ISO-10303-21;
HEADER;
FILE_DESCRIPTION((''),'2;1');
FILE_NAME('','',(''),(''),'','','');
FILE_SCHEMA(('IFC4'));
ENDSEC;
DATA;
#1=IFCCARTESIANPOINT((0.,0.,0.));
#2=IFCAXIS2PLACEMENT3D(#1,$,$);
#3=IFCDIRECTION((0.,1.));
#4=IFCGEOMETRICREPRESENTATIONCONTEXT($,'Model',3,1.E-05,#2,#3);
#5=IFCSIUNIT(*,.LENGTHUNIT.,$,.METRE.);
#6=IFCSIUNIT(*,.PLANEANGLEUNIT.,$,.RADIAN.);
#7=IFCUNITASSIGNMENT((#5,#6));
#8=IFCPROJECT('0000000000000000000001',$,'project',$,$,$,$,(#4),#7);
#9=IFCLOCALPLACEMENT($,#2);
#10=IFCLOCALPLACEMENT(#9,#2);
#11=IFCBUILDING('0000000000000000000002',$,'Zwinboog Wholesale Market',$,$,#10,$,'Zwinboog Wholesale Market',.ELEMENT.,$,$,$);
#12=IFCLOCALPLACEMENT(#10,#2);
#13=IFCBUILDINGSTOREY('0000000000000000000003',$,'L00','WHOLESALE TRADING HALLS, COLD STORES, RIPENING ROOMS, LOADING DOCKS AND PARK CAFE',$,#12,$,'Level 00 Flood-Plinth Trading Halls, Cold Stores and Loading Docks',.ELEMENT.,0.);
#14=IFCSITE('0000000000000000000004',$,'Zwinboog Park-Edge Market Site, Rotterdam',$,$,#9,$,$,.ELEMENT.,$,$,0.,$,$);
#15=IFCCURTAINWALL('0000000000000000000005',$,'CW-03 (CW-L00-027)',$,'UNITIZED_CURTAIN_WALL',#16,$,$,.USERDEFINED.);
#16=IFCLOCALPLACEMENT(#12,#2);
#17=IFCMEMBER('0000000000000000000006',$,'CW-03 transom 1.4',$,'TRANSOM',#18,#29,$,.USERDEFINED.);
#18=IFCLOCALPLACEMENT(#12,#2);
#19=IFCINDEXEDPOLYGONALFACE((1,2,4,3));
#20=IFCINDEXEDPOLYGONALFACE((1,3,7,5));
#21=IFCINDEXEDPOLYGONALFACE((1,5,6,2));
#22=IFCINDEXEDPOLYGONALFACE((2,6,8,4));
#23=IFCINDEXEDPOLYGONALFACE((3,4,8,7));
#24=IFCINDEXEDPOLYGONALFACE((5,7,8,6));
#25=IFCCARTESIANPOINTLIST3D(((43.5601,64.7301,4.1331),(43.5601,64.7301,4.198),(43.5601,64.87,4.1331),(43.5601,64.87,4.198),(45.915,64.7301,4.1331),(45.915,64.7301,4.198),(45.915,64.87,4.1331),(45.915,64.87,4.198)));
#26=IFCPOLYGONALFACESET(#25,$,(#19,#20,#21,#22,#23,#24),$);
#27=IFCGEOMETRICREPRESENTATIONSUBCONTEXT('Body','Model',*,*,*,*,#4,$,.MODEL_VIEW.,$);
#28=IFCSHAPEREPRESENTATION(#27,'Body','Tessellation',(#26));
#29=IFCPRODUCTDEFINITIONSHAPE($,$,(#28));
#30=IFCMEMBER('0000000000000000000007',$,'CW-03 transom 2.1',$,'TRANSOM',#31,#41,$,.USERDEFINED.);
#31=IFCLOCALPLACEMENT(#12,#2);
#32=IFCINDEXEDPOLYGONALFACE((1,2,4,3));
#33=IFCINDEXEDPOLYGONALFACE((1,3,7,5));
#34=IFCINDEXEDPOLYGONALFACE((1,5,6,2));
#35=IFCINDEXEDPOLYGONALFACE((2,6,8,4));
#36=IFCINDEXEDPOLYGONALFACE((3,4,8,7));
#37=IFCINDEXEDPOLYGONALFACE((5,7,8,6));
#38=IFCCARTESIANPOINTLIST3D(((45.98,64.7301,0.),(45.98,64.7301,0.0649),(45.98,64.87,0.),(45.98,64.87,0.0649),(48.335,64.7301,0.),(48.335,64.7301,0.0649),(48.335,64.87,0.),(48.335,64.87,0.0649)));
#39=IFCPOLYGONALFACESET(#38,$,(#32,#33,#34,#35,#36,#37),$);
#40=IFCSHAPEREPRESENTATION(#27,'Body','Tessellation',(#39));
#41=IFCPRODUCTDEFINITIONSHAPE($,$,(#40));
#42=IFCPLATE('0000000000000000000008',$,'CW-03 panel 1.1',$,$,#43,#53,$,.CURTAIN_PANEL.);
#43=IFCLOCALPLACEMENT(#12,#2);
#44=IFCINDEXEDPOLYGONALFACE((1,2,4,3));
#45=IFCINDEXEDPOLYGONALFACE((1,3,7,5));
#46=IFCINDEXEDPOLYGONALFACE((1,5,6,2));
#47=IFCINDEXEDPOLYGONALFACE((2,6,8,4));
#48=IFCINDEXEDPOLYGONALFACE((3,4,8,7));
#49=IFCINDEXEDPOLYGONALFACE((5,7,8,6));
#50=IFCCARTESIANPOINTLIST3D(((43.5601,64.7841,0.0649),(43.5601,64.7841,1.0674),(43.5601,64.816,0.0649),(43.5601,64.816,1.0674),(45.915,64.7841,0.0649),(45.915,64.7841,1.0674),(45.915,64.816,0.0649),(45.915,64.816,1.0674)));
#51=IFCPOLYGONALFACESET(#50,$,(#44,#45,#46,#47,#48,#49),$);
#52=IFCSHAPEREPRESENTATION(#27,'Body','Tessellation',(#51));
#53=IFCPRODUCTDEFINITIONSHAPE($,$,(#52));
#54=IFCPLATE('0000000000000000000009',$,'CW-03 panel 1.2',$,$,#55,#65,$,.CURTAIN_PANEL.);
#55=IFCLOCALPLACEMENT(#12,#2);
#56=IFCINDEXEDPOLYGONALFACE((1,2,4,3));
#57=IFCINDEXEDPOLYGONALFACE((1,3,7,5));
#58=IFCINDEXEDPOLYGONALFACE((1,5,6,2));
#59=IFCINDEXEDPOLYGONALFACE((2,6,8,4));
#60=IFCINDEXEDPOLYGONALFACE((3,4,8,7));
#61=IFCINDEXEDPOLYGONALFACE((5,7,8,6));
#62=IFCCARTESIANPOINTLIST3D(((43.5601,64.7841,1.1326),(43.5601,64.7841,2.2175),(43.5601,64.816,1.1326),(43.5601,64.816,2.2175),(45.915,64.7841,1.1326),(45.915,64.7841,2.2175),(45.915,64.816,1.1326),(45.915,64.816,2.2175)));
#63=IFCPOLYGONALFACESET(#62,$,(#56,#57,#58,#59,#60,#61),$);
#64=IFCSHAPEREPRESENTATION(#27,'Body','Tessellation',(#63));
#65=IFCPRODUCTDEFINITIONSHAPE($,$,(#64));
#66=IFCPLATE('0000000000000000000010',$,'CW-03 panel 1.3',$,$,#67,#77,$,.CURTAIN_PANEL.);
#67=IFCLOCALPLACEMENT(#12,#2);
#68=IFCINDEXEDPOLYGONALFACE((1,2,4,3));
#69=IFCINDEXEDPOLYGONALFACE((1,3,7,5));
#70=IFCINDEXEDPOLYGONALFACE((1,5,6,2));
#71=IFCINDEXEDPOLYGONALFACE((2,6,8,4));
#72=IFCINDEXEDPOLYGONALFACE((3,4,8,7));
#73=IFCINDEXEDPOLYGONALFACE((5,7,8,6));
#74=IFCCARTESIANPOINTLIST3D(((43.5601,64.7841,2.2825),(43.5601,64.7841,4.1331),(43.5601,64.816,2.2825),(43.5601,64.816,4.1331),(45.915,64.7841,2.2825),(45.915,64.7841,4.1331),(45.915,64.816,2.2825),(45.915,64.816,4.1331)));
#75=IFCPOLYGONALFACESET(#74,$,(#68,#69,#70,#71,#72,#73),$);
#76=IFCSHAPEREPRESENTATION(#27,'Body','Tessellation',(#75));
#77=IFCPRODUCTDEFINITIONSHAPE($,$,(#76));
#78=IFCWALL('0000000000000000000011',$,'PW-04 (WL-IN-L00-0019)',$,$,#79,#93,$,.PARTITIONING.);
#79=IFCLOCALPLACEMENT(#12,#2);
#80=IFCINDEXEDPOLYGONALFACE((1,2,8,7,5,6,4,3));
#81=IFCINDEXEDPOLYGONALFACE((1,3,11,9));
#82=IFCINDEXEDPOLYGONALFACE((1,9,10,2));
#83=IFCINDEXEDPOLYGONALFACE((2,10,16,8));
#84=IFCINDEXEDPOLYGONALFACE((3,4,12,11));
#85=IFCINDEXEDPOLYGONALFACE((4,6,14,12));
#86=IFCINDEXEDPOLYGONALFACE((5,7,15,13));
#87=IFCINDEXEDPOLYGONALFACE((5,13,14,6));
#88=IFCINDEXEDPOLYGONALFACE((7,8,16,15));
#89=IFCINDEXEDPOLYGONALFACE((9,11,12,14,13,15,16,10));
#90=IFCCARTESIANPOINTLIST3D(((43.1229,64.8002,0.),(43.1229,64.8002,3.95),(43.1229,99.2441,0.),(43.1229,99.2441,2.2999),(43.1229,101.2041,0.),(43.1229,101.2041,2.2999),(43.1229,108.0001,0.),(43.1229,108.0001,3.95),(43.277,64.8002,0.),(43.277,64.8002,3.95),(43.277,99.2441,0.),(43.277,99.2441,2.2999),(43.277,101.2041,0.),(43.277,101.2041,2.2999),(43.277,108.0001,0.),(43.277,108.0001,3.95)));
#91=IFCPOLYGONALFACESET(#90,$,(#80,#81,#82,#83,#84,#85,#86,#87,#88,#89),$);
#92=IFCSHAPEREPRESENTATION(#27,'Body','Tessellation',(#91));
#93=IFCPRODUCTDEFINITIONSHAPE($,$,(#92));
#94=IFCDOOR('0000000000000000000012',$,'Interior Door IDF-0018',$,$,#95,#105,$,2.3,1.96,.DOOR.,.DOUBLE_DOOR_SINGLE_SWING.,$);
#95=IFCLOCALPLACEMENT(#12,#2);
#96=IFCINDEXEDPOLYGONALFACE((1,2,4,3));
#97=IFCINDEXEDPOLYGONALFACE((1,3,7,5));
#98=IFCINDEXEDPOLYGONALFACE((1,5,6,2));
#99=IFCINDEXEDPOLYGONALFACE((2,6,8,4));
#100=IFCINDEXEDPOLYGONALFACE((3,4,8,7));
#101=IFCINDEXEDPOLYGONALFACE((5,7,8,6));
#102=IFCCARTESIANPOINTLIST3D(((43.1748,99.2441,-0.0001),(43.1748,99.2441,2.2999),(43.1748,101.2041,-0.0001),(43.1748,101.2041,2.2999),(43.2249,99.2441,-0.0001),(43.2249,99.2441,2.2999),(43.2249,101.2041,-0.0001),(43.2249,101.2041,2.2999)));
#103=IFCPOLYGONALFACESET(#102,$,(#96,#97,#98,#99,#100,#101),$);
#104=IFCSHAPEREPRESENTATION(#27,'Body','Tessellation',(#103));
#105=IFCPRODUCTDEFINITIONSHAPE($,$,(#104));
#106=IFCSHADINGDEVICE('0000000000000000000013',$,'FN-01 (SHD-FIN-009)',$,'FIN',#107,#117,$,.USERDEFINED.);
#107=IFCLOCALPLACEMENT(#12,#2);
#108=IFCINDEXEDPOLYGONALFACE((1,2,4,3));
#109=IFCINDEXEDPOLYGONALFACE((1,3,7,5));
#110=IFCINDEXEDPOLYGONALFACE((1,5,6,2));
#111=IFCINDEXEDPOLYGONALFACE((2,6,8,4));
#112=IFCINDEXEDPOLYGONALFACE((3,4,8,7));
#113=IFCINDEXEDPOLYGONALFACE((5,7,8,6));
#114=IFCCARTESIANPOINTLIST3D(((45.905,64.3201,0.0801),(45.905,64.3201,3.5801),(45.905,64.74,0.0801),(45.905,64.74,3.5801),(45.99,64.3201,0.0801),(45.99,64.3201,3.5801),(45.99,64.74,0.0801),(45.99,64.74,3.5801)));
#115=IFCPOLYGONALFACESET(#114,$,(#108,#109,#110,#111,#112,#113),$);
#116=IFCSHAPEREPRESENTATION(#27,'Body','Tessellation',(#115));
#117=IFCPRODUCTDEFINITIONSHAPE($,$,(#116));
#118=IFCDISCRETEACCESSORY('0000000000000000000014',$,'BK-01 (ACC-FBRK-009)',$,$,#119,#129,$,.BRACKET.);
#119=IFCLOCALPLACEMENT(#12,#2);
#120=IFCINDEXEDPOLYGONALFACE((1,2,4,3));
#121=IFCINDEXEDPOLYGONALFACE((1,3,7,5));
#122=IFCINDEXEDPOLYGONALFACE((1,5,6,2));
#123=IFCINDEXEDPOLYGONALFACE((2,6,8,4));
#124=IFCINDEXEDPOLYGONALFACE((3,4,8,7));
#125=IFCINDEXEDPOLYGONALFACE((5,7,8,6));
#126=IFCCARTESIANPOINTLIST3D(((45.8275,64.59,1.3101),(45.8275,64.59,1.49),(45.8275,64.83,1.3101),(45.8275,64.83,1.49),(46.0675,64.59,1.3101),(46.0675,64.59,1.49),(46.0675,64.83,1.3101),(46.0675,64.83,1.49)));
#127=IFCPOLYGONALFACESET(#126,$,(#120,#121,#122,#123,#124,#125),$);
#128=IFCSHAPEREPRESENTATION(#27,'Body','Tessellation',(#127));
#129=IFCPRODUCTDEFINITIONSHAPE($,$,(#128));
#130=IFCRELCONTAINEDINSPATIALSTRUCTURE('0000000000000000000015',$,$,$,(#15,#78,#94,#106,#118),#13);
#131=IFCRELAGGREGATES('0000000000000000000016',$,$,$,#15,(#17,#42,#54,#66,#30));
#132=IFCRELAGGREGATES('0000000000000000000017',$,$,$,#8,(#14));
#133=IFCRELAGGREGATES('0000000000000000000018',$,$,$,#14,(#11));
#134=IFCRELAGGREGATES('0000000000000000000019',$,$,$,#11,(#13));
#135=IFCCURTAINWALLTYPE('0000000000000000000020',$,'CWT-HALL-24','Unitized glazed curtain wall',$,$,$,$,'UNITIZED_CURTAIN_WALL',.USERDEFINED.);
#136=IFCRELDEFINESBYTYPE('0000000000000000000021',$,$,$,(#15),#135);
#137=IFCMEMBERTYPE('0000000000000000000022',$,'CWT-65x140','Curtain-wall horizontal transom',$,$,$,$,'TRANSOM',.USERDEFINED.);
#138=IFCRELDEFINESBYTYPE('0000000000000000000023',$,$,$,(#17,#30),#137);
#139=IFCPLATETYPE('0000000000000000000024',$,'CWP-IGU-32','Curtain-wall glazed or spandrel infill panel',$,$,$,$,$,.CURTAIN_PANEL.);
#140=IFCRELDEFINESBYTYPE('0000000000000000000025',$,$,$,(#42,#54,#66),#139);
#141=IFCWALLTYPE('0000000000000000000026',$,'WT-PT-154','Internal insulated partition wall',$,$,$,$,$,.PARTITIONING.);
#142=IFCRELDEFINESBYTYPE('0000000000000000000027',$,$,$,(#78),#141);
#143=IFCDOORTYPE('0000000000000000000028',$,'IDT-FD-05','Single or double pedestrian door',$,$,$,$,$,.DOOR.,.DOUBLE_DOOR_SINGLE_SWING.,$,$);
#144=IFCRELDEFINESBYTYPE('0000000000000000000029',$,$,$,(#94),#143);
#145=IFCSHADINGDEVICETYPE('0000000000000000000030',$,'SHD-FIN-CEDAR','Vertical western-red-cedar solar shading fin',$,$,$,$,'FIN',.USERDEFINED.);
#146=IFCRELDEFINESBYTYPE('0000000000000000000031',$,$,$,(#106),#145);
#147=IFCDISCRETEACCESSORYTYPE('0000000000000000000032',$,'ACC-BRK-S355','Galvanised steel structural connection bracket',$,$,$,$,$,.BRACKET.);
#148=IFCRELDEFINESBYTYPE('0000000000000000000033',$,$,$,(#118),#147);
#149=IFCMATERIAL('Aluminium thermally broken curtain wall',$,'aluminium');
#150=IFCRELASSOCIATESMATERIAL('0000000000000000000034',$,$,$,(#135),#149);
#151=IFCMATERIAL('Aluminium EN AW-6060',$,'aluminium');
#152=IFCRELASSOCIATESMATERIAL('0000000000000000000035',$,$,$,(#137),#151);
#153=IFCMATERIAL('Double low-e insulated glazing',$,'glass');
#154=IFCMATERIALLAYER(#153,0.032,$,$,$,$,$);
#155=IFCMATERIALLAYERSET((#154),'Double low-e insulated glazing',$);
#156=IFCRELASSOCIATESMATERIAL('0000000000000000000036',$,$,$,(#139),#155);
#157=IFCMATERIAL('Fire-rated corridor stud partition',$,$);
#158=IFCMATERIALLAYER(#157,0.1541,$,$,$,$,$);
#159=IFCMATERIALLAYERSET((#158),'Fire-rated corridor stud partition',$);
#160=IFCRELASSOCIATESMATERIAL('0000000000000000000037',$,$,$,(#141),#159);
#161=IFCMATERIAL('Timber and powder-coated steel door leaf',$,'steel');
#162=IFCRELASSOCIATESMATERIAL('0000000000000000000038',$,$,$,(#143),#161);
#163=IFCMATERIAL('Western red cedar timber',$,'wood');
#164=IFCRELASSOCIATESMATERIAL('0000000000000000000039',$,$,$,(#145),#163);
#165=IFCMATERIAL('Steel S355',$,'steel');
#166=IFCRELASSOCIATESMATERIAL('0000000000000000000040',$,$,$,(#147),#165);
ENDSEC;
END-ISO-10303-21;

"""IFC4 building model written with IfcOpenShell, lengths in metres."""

from ifc_helpers import new_model, si_unit, direction, frame, frame_2d, origin, origin_2d, place, context, subcontext, project, spatial, rectangle, extrude, material, layer, layer_set, material_profile, profile_set, type_object, element, fill, aggregate, save


model = new_model("IFC4")

# Units and contexts
model_context = context("Model", 3, precision=1e-05, world=origin(), true_north=direction((0.0, 1.0)))
body_context = subcontext(model_context, "Body", "Model", "MODEL_VIEW")
ifc_project = project(units=[si_unit("LENGTHUNIT", "METRE"), si_unit("PLANEANGLEUNIT", "RADIAN")], contexts=[model_context])

# Site, building, storey
site_placement = place(None, origin())
site = spatial("IfcSite", under=ifc_project, at=site_placement, Name="Zwinboog Park-Edge Market Site, Rotterdam", CompositionType="ELEMENT", RefElevation=0.0)
building_placement = place(site_placement, origin())
building = spatial("IfcBuilding", under=site, at=building_placement, Name="Zwinboog Wholesale Market", LongName="Zwinboog Wholesale Market", CompositionType="ELEMENT")
storey_placement = place(building_placement, origin())
storey = spatial("IfcBuildingStorey", under=building, at=storey_placement, Name="L00", Description="WHOLESALE TRADING HALLS, COLD STORES, RIPENING ROOMS, LOADING DOCKS AND PARK CAFE", LongName="Level 00 Flood-Plinth Trading Halls, Cold Stores and Loading Docks", CompositionType="ELEMENT", Elevation=0.0)

# Curtain wall
ifc_material_1 = material(Name="Aluminium thermally broken curtain wall", Category="aluminium")
curtain_wall_type_1 = type_object("IfcCurtainWallType", Name="CWT-HALL-24", Description="Unitized glazed curtain wall", ElementType="UNITIZED_CURTAIN_WALL", PredefinedType="USERDEFINED", material=ifc_material_1)
curtain_wall_1_placement = place(storey_placement, origin())
curtain_wall_1 = element("IfcCurtainWall", 1, at=curtain_wall_1_placement, inside=storey, type_object=curtain_wall_type_1, Name="CW-03 (CW-L00-027)", ObjectType="UNITIZED_CURTAIN_WALL", PredefinedType="USERDEFINED")
ifc_material_2 = material(Name="Aluminium EN AW-6060", Category="aluminium")

# Members
ifc_material_profile_1 = material_profile(ifc_material_2, rectangle(XDim=0.1399, YDim=0.0649, at=origin_2d()), Name="AL 65x140")
ifc_profile_set_1 = profile_set([ifc_material_profile_1], Name="Aluminium EN AW-6060")
member_type_1 = type_object("IfcMemberType", Name="CWT-65x140", Description="Curtain-wall horizontal transom", ElementType="TRANSOM", PredefinedType="USERDEFINED", material=ifc_profile_set_1)
member_1_placement = place(storey_placement, frame((43.5601, 64.8, 4.1655), z_axis=(1.0, 0.0, 0.0), x_axis=(0.0, 1.0, 0.0)))
member_1 = element("IfcMember", 2, at=member_1_placement, type_object=member_type_1, Name="CW-03 transom 1.4", ObjectType="TRANSOM", PredefinedType="USERDEFINED", context=body_context, shape_type="SweptSolid", body=[
    extrude(rectangle(XDim=0.1399, YDim=0.0649, at=origin_2d()), origin(), (0.0, 0.0, 1.0), 2.355),
])
member_2_placement = place(storey_placement, frame((45.98, 64.8, 0.0325), z_axis=(1.0, 0.0, 0.0), x_axis=(0.0, 1.0, 0.0)))
member_2 = element("IfcMember", 3, at=member_2_placement, type_object=member_type_1, Name="CW-03 transom 2.1", ObjectType="TRANSOM", PredefinedType="USERDEFINED", context=body_context, shape_type="SweptSolid", body=[
    extrude(rectangle(XDim=0.1399, YDim=0.0649, at=origin_2d()), origin(), (0.0, 0.0, 1.0), 2.355),
])

# Plates
ifc_material_3 = material(Name="Double low-e insulated glazing", Category="glass")
ifc_layer_1 = layer(ifc_material_3, 0.032)
ifc_layer_set_1 = layer_set([ifc_layer_1], Name="Double low-e insulated glazing")
plate_type = type_object("IfcPlateType", Name="CWP-IGU-32", Description="Curtain-wall glazed or spandrel infill panel", PredefinedType="CURTAIN_PANEL", material=ifc_layer_set_1)
plate_1_placement = place(storey_placement, frame((44.7375, 64.8, 0.0649), z_axis=(0.0, 0.0, 1.0), x_axis=(1.0, 0.0, 0.0)))
plate_1 = element("IfcPlate", 4, at=plate_1_placement, type_object=plate_type, Name="CW-03 panel 1.1", PredefinedType="CURTAIN_PANEL", context=body_context, shape_type="SweptSolid", body=[
    extrude(rectangle(XDim=2.355, YDim=0.032, at=origin_2d()), origin(), (0.0, 0.0, 1.0), 1.0024),
])
plate_2_placement = place(storey_placement, frame((44.7375, 64.8, 1.1326), z_axis=(0.0, 0.0, 1.0), x_axis=(1.0, 0.0, 0.0)))
plate_2 = element("IfcPlate", 5, at=plate_2_placement, type_object=plate_type, Name="CW-03 panel 1.2", PredefinedType="CURTAIN_PANEL", context=body_context, shape_type="SweptSolid", body=[
    extrude(rectangle(XDim=2.355, YDim=0.032, at=origin_2d()), origin(), (0.0, 0.0, 1.0), 1.085),
])
plate_3_placement = place(storey_placement, frame((44.7375, 64.8, 2.2825), z_axis=(0.0, 0.0, 1.0), x_axis=(1.0, 0.0, 0.0)))
plate_3 = element("IfcPlate", 6, at=plate_3_placement, type_object=plate_type, Name="CW-03 panel 1.3", PredefinedType="CURTAIN_PANEL", context=body_context, shape_type="SweptSolid", body=[
    extrude(rectangle(XDim=2.355, YDim=0.032, at=origin_2d()), origin(), (0.0, 0.0, 1.0), 1.8506),
])
aggregate(curtain_wall_1, [member_1, plate_1, plate_2, plate_3, member_2])

# Wall, opening, door
ifc_material_4 = material(Name="Fire-rated corridor stud partition")
ifc_layer_2 = layer(ifc_material_4, 0.1541)
ifc_layer_set_2 = layer_set([ifc_layer_2], Name="Fire-rated corridor stud partition")
wall_type = type_object("IfcWallType", Name="WT-PT-154", Description="Internal insulated partition wall", PredefinedType="PARTITIONING", material=ifc_layer_set_2)
wall_placement = place(storey_placement, frame((43.2, 64.8, 0.0), z_axis=(0.0, 0.0, 1.0), x_axis=(0.0, 1.0, 0.0)))
wall = element("IfcWall", 7, at=wall_placement, inside=storey, type_object=wall_type, Name="PW-04 (WL-IN-L00-0019)", PredefinedType="PARTITIONING", context=body_context, shape_type="SweptSolid", body=[
    extrude(rectangle(XDim=43.2, YDim=0.1541, at=frame_2d((21.6001, 0.0))), origin(), (0.0, 0.0, 1.0), 3.95),
])
opening_placement = place(wall_placement, frame((34.4441, 0.0, 0.0)))
opening = element("IfcOpeningElement", 8, at=opening_placement, cuts=wall, PredefinedType="OPENING", context=body_context, shape_type="SweptSolid", body=[
    extrude(rectangle(XDim=1.96, YDim=2.3, at=frame_2d((0.98, 1.1499))), frame((0.0, 0.0869, 0.0), z_axis=(0.0, -1.0, 0.0), x_axis=(1.0, 0.0, 0.0)), (0.0, 0.0, 1.0), 0.1741),
])
ifc_material_5 = material(Name="Timber and powder-coated steel door leaf", Category="steel")
door_type = type_object("IfcDoorType", Name="IDT-FD-05", Description="Single or double pedestrian door", OperationType="DOUBLE_DOOR_SINGLE_SWING", PredefinedType="DOOR", material=ifc_material_5)
door_placement = place(opening_placement, frame((1.96, 0.0, 0.0), z_axis=(0.0, 0.0, 1.0), x_axis=(-1.0, 0.0, 0.0)))
door = element("IfcDoor", 9, at=door_placement, inside=storey, type_object=door_type, Name="Interior Door IDF-0018", OperationType="DOUBLE_DOOR_SINGLE_SWING", OverallHeight=2.3, OverallWidth=1.96, PredefinedType="DOOR", context=body_context, shape_type="SweptSolid", body=[
    extrude(rectangle(XDim=1.96, YDim=2.3, at=frame_2d((0.98, 1.1499))), frame((0.0, 0.0249, 0.0), z_axis=(0.0, -1.0, 0.0), x_axis=(1.0, 0.0, 0.0)), (0.0, 0.0, 1.0), 0.05),
])
fill(opening, door)

# Shading device
ifc_material_6 = material(Name="Western red cedar timber", Category="wood")
shading_device_type = type_object("IfcShadingDeviceType", Name="SHD-FIN-CEDAR", Description="Vertical western-red-cedar solar shading fin", ElementType="FIN", PredefinedType="USERDEFINED", material=ifc_material_6)
shading_device_placement = place(storey_placement, frame((45.9475, 64.53, 0.0801), z_axis=(0.0, 0.0, 1.0), x_axis=(0.0, 1.0, 0.0)))
element("IfcShadingDevice", 10, at=shading_device_placement, inside=storey, type_object=shading_device_type, Name="FN-01 (SHD-FIN-009)", ObjectType="FIN", PredefinedType="USERDEFINED", context=body_context, shape_type="SweptSolid", body=[
    extrude(rectangle(XDim=0.4199, YDim=0.085, at=origin_2d()), origin(), (0.0, 0.0, 1.0), 3.5),
])

# Discrete accessory
ifc_material_7 = material(Name="Steel S355", Category="steel")
discrete_accessory_type = type_object("IfcDiscreteAccessoryType", Name="ACC-BRK-S355", Description="Galvanised steel structural connection bracket", PredefinedType="BRACKET", material=ifc_material_7)
discrete_accessory_placement = place(storey_placement, frame((45.9475, 64.71, 1.3101), z_axis=(0.0, 0.0, 1.0), x_axis=(1.0, 0.0, 0.0)))
element("IfcDiscreteAccessory", 11, at=discrete_accessory_placement, inside=storey, type_object=discrete_accessory_type, Name="BK-01 (ACC-FBRK-009)", PredefinedType="BRACKET", context=body_context, shape_type="SweptSolid", body=[
    extrude(rectangle(XDim=0.24, YDim=0.24, at=origin_2d()), origin(), (0.0, 0.0, 1.0), 0.1799),
])

save(model, "model.ifc")
